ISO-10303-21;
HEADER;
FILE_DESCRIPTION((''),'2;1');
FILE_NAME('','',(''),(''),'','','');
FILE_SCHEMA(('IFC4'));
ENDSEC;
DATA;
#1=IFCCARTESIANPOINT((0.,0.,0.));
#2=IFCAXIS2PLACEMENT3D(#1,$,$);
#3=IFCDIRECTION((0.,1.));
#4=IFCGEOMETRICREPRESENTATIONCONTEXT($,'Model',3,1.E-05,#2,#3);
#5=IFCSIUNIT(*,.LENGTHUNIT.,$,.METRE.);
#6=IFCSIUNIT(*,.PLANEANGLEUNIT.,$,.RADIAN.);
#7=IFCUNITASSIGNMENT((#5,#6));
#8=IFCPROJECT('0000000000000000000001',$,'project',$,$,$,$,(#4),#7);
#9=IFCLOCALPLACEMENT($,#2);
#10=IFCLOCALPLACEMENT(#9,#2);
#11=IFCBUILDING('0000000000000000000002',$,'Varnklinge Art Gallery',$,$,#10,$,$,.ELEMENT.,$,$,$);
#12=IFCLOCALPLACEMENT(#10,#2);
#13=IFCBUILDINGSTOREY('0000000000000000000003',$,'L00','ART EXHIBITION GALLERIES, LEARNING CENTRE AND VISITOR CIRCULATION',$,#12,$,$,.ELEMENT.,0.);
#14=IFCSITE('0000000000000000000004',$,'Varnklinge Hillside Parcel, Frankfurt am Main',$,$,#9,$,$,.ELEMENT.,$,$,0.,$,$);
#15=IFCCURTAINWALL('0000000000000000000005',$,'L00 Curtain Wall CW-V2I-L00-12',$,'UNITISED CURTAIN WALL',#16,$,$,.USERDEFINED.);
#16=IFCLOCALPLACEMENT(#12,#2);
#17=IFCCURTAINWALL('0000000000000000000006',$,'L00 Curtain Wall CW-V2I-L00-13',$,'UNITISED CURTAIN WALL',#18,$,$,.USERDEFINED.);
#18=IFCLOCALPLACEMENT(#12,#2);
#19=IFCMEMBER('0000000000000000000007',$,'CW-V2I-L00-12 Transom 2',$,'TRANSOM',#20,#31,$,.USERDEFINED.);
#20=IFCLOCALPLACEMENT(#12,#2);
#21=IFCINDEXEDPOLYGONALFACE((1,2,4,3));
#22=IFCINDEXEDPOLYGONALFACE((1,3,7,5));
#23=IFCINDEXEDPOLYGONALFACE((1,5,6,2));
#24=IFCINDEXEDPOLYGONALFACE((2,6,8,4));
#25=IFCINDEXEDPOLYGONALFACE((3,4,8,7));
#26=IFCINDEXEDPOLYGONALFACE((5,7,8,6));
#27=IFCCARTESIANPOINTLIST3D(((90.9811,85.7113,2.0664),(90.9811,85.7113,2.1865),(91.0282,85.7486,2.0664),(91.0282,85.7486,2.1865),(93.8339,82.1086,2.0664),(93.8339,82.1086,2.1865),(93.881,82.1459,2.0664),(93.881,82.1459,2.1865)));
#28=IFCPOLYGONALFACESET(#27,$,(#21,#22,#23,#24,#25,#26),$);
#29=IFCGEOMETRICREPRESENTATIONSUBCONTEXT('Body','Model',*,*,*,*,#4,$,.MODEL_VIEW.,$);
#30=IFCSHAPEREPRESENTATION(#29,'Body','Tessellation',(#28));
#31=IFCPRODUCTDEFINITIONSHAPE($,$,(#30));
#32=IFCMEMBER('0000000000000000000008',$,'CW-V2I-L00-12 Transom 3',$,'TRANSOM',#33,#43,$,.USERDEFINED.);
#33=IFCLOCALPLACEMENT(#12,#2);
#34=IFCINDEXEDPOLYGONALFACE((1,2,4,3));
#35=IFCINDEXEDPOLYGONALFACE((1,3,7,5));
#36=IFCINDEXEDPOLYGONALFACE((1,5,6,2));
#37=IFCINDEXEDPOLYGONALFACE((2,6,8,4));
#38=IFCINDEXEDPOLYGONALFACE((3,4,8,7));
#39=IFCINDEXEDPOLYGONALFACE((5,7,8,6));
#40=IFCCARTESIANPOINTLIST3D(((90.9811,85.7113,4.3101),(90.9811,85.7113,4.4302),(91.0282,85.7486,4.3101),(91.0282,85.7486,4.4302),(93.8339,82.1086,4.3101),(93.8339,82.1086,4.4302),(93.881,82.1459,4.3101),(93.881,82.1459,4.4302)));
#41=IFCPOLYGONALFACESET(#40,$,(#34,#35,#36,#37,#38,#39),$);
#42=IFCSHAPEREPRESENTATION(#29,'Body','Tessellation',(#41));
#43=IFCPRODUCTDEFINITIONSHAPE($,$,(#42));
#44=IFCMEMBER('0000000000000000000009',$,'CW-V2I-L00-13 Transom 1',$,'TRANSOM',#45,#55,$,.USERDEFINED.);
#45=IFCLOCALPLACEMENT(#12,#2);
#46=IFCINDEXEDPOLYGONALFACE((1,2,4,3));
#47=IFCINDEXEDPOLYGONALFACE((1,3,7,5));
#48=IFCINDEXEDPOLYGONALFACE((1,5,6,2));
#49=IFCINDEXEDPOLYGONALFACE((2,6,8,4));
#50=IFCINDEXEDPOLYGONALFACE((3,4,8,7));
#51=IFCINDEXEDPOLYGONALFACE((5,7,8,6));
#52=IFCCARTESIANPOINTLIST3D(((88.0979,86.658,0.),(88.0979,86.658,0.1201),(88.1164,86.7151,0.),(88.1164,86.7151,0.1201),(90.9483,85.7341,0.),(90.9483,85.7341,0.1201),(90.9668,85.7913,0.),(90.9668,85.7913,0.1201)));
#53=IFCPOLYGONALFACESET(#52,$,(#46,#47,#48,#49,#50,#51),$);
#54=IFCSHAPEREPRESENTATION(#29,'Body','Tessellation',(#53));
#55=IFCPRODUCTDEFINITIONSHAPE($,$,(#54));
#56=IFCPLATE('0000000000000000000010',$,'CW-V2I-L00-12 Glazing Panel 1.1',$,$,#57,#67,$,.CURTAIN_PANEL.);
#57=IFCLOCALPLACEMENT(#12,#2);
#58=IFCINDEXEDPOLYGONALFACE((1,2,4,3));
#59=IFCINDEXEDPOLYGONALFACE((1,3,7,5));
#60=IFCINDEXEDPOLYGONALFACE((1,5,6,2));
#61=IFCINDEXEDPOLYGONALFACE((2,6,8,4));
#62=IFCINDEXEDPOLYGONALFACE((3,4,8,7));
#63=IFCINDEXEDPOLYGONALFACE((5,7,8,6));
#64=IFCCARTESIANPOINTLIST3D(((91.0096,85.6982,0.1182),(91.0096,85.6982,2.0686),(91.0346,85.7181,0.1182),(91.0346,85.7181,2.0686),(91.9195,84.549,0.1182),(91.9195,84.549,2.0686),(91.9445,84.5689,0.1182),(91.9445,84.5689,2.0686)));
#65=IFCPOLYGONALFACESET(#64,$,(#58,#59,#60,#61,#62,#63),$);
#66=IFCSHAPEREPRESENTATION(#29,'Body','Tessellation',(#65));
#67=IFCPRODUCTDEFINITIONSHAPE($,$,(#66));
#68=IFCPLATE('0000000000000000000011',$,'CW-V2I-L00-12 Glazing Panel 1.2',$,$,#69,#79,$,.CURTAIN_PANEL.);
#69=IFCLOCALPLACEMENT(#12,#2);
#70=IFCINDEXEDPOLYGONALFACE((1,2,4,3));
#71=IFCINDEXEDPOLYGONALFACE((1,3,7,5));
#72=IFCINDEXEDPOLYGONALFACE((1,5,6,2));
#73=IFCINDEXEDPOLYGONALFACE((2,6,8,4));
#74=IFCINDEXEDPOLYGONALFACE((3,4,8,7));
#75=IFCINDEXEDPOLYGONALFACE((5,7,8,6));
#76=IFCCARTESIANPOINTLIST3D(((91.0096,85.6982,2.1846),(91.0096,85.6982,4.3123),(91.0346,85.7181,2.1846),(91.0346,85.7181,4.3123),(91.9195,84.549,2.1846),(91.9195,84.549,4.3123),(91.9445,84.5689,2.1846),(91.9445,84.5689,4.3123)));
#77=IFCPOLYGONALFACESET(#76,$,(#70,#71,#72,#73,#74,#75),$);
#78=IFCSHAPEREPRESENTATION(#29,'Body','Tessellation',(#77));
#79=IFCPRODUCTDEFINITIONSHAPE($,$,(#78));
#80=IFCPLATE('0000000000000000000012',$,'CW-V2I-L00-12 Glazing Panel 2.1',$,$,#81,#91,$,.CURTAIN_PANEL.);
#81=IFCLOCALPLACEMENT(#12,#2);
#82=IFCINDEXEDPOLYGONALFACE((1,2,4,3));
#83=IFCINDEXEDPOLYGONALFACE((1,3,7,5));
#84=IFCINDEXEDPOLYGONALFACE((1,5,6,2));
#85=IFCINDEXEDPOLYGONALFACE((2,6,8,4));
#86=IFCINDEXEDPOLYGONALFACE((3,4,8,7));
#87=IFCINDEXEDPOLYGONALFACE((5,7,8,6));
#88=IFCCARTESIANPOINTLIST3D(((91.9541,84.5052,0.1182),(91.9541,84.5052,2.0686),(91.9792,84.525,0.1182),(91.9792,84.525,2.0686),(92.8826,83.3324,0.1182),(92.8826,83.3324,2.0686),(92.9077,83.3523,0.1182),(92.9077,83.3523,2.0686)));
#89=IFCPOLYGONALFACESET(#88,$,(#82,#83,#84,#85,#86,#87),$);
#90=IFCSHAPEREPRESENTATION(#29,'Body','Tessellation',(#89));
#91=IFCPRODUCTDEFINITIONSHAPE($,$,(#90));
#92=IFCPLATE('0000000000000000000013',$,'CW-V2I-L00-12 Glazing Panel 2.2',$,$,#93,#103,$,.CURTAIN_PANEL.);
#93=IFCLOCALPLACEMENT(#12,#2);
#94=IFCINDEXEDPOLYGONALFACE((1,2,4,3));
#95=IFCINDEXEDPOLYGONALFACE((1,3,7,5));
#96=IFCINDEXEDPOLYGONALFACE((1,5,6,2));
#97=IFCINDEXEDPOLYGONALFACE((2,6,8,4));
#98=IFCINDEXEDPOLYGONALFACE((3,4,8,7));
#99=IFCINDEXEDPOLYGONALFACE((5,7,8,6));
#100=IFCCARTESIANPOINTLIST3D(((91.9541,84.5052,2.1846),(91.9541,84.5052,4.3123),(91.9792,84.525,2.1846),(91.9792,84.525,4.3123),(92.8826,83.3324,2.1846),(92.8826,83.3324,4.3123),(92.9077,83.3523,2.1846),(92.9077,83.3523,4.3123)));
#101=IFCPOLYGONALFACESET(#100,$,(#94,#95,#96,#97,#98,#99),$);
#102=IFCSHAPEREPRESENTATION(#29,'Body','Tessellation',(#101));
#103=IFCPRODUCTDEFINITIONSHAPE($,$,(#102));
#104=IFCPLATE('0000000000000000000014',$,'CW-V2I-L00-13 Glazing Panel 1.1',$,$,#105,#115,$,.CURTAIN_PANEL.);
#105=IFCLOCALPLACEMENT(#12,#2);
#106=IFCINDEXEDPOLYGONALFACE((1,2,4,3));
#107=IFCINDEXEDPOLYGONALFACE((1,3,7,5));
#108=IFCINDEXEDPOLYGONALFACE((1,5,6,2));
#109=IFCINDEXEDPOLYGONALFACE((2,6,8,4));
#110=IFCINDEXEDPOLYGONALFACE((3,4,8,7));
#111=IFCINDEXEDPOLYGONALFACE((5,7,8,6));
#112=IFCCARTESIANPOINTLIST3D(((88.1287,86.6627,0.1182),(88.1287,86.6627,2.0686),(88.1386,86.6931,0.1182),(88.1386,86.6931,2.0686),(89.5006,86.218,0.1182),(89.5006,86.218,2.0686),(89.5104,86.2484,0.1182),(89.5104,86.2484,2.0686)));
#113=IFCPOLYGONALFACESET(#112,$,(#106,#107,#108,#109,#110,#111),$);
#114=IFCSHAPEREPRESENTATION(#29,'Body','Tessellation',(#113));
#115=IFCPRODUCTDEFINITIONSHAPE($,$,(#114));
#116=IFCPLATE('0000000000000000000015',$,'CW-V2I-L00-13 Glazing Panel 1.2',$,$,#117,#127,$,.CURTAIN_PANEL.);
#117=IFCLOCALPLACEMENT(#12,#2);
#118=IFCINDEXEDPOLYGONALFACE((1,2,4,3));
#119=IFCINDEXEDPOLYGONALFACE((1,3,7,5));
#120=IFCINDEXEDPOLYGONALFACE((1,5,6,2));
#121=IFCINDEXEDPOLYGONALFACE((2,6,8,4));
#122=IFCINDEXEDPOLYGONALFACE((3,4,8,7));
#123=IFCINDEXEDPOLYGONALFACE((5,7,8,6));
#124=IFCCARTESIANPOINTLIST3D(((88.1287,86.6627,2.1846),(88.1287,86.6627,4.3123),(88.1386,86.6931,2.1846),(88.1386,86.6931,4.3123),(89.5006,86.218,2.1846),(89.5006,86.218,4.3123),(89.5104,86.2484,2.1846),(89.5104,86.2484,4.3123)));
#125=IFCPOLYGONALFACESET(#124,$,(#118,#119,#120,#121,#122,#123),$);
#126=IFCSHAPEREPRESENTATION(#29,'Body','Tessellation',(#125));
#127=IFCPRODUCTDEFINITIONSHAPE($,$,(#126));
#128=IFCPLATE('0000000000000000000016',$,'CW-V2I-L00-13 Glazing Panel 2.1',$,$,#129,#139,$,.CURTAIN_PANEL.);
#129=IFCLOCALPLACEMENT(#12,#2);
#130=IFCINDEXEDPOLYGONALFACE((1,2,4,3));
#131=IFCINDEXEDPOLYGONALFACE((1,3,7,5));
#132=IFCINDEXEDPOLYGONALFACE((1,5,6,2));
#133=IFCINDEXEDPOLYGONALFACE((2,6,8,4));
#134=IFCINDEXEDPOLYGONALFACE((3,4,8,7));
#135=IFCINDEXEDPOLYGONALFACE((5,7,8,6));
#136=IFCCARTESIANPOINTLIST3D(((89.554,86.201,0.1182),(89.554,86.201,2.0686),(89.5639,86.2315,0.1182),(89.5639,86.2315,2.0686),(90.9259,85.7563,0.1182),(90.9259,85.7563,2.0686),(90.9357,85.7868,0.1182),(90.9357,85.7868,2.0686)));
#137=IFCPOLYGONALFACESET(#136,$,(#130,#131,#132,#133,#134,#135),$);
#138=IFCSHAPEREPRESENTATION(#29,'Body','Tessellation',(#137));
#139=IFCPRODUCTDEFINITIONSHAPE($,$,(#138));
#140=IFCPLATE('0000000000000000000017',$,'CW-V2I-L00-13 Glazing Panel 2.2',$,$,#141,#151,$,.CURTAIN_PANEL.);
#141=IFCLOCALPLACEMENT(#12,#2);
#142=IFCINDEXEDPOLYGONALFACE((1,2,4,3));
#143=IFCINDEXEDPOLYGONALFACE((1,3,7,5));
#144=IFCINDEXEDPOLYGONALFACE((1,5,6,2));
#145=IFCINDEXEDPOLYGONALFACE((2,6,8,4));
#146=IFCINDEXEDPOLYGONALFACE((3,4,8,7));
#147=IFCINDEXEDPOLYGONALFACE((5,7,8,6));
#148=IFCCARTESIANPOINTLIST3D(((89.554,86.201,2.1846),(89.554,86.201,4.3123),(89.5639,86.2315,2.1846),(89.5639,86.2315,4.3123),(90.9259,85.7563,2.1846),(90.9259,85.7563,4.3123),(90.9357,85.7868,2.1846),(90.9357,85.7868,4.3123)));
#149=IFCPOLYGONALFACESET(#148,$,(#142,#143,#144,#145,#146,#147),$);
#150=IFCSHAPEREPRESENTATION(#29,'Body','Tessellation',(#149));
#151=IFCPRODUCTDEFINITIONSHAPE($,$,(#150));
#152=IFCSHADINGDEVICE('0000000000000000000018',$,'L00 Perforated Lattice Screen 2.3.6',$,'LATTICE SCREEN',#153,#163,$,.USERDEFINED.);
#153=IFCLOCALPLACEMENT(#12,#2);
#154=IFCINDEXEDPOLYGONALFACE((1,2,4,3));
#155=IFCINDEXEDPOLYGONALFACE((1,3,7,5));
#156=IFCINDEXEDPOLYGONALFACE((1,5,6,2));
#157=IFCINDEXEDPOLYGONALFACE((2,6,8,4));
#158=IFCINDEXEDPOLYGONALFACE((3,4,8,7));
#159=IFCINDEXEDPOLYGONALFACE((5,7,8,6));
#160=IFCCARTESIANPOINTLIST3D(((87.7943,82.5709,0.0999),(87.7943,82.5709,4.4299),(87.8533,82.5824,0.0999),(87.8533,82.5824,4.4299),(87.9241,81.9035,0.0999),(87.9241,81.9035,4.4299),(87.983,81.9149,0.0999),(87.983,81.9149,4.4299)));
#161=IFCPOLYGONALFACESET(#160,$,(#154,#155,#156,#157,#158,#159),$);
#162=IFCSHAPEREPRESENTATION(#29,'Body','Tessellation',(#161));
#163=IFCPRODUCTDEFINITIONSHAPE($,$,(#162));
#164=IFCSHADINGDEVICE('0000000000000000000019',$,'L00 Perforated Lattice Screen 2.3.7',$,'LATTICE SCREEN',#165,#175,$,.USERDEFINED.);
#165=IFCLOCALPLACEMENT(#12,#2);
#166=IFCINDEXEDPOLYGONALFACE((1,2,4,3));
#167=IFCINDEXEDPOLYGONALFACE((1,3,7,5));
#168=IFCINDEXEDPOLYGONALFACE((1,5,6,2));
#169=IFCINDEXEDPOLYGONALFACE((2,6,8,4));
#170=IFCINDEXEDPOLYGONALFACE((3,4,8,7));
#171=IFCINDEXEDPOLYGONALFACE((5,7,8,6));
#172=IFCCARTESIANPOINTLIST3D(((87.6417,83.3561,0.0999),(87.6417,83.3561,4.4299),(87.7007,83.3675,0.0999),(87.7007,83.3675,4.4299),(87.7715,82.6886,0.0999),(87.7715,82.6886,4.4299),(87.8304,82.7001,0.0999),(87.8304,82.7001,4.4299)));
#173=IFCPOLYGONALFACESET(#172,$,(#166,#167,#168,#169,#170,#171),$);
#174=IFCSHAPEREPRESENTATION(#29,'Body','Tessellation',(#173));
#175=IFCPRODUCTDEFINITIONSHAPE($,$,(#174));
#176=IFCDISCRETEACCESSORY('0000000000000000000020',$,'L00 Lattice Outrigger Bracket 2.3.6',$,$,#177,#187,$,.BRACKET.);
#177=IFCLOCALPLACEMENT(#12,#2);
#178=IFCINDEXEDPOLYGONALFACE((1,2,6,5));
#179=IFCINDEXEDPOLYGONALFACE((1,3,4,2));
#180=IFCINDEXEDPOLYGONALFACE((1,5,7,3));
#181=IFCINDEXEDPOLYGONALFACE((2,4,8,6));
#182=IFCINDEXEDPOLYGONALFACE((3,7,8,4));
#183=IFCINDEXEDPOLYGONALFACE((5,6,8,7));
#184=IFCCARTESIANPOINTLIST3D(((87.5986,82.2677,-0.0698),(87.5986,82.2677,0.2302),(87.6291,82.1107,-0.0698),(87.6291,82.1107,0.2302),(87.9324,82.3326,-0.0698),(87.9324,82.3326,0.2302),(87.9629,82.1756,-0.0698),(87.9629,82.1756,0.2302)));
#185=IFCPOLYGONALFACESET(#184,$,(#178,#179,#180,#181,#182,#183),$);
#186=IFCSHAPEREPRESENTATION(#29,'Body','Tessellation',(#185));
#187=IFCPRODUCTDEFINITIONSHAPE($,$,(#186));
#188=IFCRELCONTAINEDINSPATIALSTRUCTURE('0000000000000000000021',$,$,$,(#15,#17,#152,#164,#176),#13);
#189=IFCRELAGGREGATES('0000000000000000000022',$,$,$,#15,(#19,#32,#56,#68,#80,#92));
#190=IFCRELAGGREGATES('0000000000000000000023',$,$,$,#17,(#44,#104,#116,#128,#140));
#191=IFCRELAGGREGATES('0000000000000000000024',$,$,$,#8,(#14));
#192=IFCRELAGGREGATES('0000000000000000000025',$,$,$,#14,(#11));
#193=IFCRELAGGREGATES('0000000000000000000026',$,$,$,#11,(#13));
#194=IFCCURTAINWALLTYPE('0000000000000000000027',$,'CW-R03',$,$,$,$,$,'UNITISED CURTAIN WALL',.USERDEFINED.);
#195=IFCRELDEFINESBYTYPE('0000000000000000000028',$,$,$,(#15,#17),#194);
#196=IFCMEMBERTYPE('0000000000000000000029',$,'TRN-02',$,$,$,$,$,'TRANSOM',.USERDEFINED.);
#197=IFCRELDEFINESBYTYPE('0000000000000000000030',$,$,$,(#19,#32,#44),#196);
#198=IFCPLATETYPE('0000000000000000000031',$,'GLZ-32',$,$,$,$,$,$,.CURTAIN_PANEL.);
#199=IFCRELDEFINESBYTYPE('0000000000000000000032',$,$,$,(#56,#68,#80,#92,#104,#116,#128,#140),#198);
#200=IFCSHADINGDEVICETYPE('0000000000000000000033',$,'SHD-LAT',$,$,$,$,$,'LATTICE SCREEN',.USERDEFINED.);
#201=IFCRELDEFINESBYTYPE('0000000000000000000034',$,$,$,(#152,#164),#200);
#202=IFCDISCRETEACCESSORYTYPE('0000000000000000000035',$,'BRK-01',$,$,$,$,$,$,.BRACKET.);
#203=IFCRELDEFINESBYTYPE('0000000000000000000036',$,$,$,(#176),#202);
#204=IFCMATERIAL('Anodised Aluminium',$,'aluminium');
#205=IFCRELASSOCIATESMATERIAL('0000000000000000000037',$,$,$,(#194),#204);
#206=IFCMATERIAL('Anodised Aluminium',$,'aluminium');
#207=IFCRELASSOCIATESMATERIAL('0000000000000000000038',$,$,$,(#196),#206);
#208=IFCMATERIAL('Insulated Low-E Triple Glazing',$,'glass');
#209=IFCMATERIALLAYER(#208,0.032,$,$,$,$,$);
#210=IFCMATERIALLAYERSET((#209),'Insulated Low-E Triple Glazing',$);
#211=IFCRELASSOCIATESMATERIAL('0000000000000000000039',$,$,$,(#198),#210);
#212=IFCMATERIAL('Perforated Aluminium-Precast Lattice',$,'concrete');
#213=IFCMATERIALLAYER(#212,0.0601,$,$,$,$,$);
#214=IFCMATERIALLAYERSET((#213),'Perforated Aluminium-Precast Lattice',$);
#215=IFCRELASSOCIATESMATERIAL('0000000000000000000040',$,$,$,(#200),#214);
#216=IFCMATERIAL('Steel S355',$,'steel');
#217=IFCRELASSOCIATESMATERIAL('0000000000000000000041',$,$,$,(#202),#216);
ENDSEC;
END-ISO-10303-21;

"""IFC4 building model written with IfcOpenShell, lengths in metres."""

from ifc_helpers import new_model, si_unit, direction, frame, origin, origin_2d, place, context, subcontext, project, spatial, rectangle, extrude, material, layer, layer_set, material_profile, profile_set, type_object, element, aggregate, save


model = new_model("IFC4")

# Units and contexts
model_context = context("Model", 3, precision=1e-05, world=origin(), true_north=direction((0.0, 1.0)))
body_context = subcontext(model_context, "Body", "Model", "MODEL_VIEW")
ifc_project = project(units=[si_unit("LENGTHUNIT", "METRE"), si_unit("PLANEANGLEUNIT", "RADIAN")], contexts=[model_context])

# Site, building, storey
site_placement = place(None, origin())
site = spatial("IfcSite", under=ifc_project, at=site_placement, Name="Varnklinge Hillside Parcel, Frankfurt am Main", CompositionType="ELEMENT", RefElevation=0.0)
building_placement = place(site_placement, origin())
building = spatial("IfcBuilding", under=site, at=building_placement, Name="Varnklinge Art Gallery", CompositionType="ELEMENT")
storey_placement = place(building_placement, origin())
storey = spatial("IfcBuildingStorey", under=building, at=storey_placement, Name="L00", Description="ART EXHIBITION GALLERIES, LEARNING CENTRE AND VISITOR CIRCULATION", CompositionType="ELEMENT", Elevation=0.0)

# Curtain walls
ifc_material_1 = material(Name="Anodised Aluminium", Category="aluminium")
curtain_wall_type = type_object("IfcCurtainWallType", Name="CW-R03", ElementType="UNITISED CURTAIN WALL", PredefinedType="USERDEFINED", material=ifc_material_1)
curtain_wall_1_placement = place(storey_placement, origin())
curtain_wall_1 = element("IfcCurtainWall", 1, at=curtain_wall_1_placement, inside=storey, type_object=curtain_wall_type, Name="L00 Curtain Wall CW-V2I-L00-12", ObjectType="UNITISED CURTAIN WALL", PredefinedType="USERDEFINED")
curtain_wall_2_placement = place(storey_placement, origin())
curtain_wall_2 = element("IfcCurtainWall", 2, at=curtain_wall_2_placement, inside=storey, type_object=curtain_wall_type, Name="L00 Curtain Wall CW-V2I-L00-13", ObjectType="UNITISED CURTAIN WALL", PredefinedType="USERDEFINED")

# Members
ifc_material_2 = material(Name="Anodised Aluminium", Category="aluminium")
ifc_material_profile_1 = material_profile(ifc_material_2, rectangle(XDim=0.0601, YDim=0.1201, at=origin_2d()), Name="ALU 60x120")
ifc_profile_set_1 = profile_set([ifc_material_profile_1], Name="Anodised Aluminium")
member_type_1 = type_object("IfcMemberType", Name="TRN-02", ElementType="TRANSOM", PredefinedType="USERDEFINED", material=ifc_profile_set_1)
member_1_placement = place(storey_placement, frame((91.0046, 85.73, 2.1265), z_axis=(0.620781, -0.783984, 0.0), x_axis=(0.783984, 0.620781, 0.0)))
member_1 = element("IfcMember", 3, at=member_1_placement, type_object=member_type_1, Name="CW-V2I-L00-12 Transom 2", ObjectType="TRANSOM", PredefinedType="USERDEFINED", context=body_context, shape_type="SweptSolid", body=[
    extrude(rectangle(XDim=0.0601, YDim=0.1201, at=origin_2d()), origin(), (0.0, 0.0, 1.0), 4.5955),
])
member_2_placement = place(storey_placement, frame((91.0046, 85.73, 4.3701), z_axis=(0.620781, -0.783984, 0.0), x_axis=(0.783984, 0.620781, 0.0)))
member_2 = element("IfcMember", 4, at=member_2_placement, type_object=member_type_1, Name="CW-V2I-L00-12 Transom 3", ObjectType="TRANSOM", PredefinedType="USERDEFINED", context=body_context, shape_type="SweptSolid", body=[
    extrude(rectangle(XDim=0.0601, YDim=0.1201, at=origin_2d()), origin(), (0.0, 0.0, 1.0), 4.5955),
])
member_3_placement = place(storey_placement, frame((88.1072, 86.6865, 0.0601), z_axis=(0.951282, -0.308321, 0.0), x_axis=(0.308321, 0.951282, 0.0)))
member_3 = element("IfcMember", 5, at=member_3_placement, type_object=member_type_1, Name="CW-V2I-L00-13 Transom 1", ObjectType="TRANSOM", PredefinedType="USERDEFINED", context=body_context, shape_type="SweptSolid", body=[
    extrude(rectangle(XDim=0.0601, YDim=0.1201, at=origin_2d()), origin(), (0.0, 0.0, 1.0), 2.9963),
])

# Plates
ifc_material_3 = material(Name="Insulated Low-E Triple Glazing", Category="glass")
ifc_layer_1 = layer(ifc_material_3, 0.032)
ifc_layer_set_1 = layer_set([ifc_layer_1], Name="Insulated Low-E Triple Glazing")
plate_type = type_object("IfcPlateType", Name="GLZ-32", PredefinedType="CURTAIN_PANEL", material=ifc_layer_set_1)
plate_1_placement = place(storey_placement, frame((91.4771, 85.1335, 0.1182), z_axis=(0.0, 0.0, 1.0), x_axis=(0.620737, -0.784019, 0.0)))
plate_1 = element("IfcPlate", 6, at=plate_1_placement, type_object=plate_type, Name="CW-V2I-L00-12 Glazing Panel 1.1", PredefinedType="CURTAIN_PANEL", context=body_context, shape_type="SweptSolid", body=[
    extrude(rectangle(XDim=1.4658, YDim=0.032, at=origin_2d()), origin(), (0.0, 0.0, 1.0), 1.9504),
])
plate_2_placement = place(storey_placement, frame((91.4771, 85.1335, 2.1846), z_axis=(0.0, 0.0, 1.0), x_axis=(0.620737, -0.784019, 0.0)))
plate_2 = element("IfcPlate", 7, at=plate_2_placement, type_object=plate_type, Name="CW-V2I-L00-12 Glazing Panel 1.2", PredefinedType="CURTAIN_PANEL", context=body_context, shape_type="SweptSolid", body=[
    extrude(rectangle(XDim=1.4658, YDim=0.032, at=origin_2d()), origin(), (0.0, 0.0, 1.0), 2.1277),
])
plate_3_placement = place(storey_placement, frame((92.4309, 83.9287, 0.1182), z_axis=(0.0, 0.0, 1.0), x_axis=(0.620737, -0.784019, 0.0)))
plate_3 = element("IfcPlate", 8, at=plate_3_placement, type_object=plate_type, Name="CW-V2I-L00-12 Glazing Panel 2.1", PredefinedType="CURTAIN_PANEL", context=body_context, shape_type="SweptSolid", body=[
    extrude(rectangle(XDim=1.4958, YDim=0.032, at=origin_2d()), origin(), (0.0, 0.0, 1.0), 1.9504),
])
plate_4_placement = place(storey_placement, frame((92.4309, 83.9287, 2.1846), z_axis=(0.0, 0.0, 1.0), x_axis=(0.620737, -0.784019, 0.0)))
plate_4 = element("IfcPlate", 9, at=plate_4_placement, type_object=plate_type, Name="CW-V2I-L00-12 Glazing Panel 2.2", PredefinedType="CURTAIN_PANEL", context=body_context, shape_type="SweptSolid", body=[
    extrude(rectangle(XDim=1.4958, YDim=0.032, at=origin_2d()), origin(), (0.0, 0.0, 1.0), 2.1277),
])
aggregate(curtain_wall_1, [member_1, member_2, plate_1, plate_2, plate_3, plate_4])
plate_5_placement = place(storey_placement, frame((88.8196, 86.4556, 0.1182), z_axis=(0.0, 0.0, 1.0), x_axis=(0.951272, -0.308353, 0.0)))
plate_5 = element("IfcPlate", 10, at=plate_5_placement, type_object=plate_type, Name="CW-V2I-L00-13 Glazing Panel 1.1", PredefinedType="CURTAIN_PANEL", context=body_context, shape_type="SweptSolid", body=[
    extrude(rectangle(XDim=1.4421, YDim=0.032, at=origin_2d()), origin(), (0.0, 0.0, 1.0), 1.9504),
])
plate_6_placement = place(storey_placement, frame((88.8196, 86.4556, 2.1846), z_axis=(0.0, 0.0, 1.0), x_axis=(0.951272, -0.308353, 0.0)))
plate_6 = element("IfcPlate", 11, at=plate_6_placement, type_object=plate_type, Name="CW-V2I-L00-13 Glazing Panel 1.2", PredefinedType="CURTAIN_PANEL", context=body_context, shape_type="SweptSolid", body=[
    extrude(rectangle(XDim=1.4421, YDim=0.032, at=origin_2d()), origin(), (0.0, 0.0, 1.0), 2.1277),
])
plate_7_placement = place(storey_placement, frame((90.2449, 85.9939, 0.1182), z_axis=(0.0, 0.0, 1.0), x_axis=(0.951272, -0.308353, 0.0)))
plate_7 = element("IfcPlate", 12, at=plate_7_placement, type_object=plate_type, Name="CW-V2I-L00-13 Glazing Panel 2.1", PredefinedType="CURTAIN_PANEL", context=body_context, shape_type="SweptSolid", body=[
    extrude(rectangle(XDim=1.4421, YDim=0.032, at=origin_2d()), origin(), (0.0, 0.0, 1.0), 1.9504),
])
plate_8_placement = place(storey_placement, frame((90.2449, 85.9939, 2.1846), z_axis=(0.0, 0.0, 1.0), x_axis=(0.951272, -0.308353, 0.0)))
plate_8 = element("IfcPlate", 13, at=plate_8_placement, type_object=plate_type, Name="CW-V2I-L00-13 Glazing Panel 2.2", PredefinedType="CURTAIN_PANEL", context=body_context, shape_type="SweptSolid", body=[
    extrude(rectangle(XDim=1.4421, YDim=0.032, at=origin_2d()), origin(), (0.0, 0.0, 1.0), 2.1277),
])
aggregate(curtain_wall_2, [member_3, plate_5, plate_6, plate_7, plate_8])

# Shading devices
ifc_material_4 = material(Name="Perforated Aluminium-Precast Lattice", Category="concrete")
ifc_layer_2 = layer(ifc_material_4, 0.0601)
ifc_layer_set_2 = layer_set([ifc_layer_2], Name="Perforated Aluminium-Precast Lattice")
shading_device_type = type_object("IfcShadingDeviceType", Name="SHD-LAT", ElementType="LATTICE SCREEN", PredefinedType="USERDEFINED", material=ifc_layer_set_2)
for number, where, z_axis, x_axis, name in (
    (14, (87.8887, 82.2429, 0.0999), (0.0, 0.0, 1.0), (-0.190809, 0.981627, 0.0), "L00 Perforated Lattice Screen 2.3.6"),
    (15, (87.7361, 83.0281, 0.0999), (0.0, 0.0, 1.0), (-0.190809, 0.981627, 0.0), "L00 Perforated Lattice Screen 2.3.7"),
):
    element("IfcShadingDevice", number, at=place(storey_placement, frame(where, z_axis=z_axis, x_axis=x_axis)), inside=storey, type_object=shading_device_type, Name=name, ObjectType="LATTICE SCREEN", PredefinedType="USERDEFINED", context=body_context, shape_type="SweptSolid", body=[
        extrude(rectangle(XDim=0.6799, YDim=0.0601, at=origin_2d()), origin(), (0.0, 0.0, 1.0), 4.3301),
    ])

# Discrete accessory
ifc_material_5 = material(Name="Steel S355", Category="steel")
discrete_accessory_type = type_object("IfcDiscreteAccessoryType", Name="BRK-01", PredefinedType="BRACKET", material=ifc_material_5)
discrete_accessory_placement = place(storey_placement, frame((87.7808, 82.2217, -0.0698), z_axis=(0.0, 0.0, 1.0), x_axis=(-0.190809, 0.981627, 0.0)))
element("IfcDiscreteAccessory", 16, at=discrete_accessory_placement, inside=storey, type_object=discrete_accessory_type, Name="L00 Lattice Outrigger Bracket 2.3.6", PredefinedType="BRACKET", context=body_context, shape_type="SweptSolid", body=[
    extrude(rectangle(XDim=0.1599, YDim=0.3401, at=origin_2d()), origin(), (0.0, 0.0, 1.0), 0.3),
])

save(model, "model.ifc")
